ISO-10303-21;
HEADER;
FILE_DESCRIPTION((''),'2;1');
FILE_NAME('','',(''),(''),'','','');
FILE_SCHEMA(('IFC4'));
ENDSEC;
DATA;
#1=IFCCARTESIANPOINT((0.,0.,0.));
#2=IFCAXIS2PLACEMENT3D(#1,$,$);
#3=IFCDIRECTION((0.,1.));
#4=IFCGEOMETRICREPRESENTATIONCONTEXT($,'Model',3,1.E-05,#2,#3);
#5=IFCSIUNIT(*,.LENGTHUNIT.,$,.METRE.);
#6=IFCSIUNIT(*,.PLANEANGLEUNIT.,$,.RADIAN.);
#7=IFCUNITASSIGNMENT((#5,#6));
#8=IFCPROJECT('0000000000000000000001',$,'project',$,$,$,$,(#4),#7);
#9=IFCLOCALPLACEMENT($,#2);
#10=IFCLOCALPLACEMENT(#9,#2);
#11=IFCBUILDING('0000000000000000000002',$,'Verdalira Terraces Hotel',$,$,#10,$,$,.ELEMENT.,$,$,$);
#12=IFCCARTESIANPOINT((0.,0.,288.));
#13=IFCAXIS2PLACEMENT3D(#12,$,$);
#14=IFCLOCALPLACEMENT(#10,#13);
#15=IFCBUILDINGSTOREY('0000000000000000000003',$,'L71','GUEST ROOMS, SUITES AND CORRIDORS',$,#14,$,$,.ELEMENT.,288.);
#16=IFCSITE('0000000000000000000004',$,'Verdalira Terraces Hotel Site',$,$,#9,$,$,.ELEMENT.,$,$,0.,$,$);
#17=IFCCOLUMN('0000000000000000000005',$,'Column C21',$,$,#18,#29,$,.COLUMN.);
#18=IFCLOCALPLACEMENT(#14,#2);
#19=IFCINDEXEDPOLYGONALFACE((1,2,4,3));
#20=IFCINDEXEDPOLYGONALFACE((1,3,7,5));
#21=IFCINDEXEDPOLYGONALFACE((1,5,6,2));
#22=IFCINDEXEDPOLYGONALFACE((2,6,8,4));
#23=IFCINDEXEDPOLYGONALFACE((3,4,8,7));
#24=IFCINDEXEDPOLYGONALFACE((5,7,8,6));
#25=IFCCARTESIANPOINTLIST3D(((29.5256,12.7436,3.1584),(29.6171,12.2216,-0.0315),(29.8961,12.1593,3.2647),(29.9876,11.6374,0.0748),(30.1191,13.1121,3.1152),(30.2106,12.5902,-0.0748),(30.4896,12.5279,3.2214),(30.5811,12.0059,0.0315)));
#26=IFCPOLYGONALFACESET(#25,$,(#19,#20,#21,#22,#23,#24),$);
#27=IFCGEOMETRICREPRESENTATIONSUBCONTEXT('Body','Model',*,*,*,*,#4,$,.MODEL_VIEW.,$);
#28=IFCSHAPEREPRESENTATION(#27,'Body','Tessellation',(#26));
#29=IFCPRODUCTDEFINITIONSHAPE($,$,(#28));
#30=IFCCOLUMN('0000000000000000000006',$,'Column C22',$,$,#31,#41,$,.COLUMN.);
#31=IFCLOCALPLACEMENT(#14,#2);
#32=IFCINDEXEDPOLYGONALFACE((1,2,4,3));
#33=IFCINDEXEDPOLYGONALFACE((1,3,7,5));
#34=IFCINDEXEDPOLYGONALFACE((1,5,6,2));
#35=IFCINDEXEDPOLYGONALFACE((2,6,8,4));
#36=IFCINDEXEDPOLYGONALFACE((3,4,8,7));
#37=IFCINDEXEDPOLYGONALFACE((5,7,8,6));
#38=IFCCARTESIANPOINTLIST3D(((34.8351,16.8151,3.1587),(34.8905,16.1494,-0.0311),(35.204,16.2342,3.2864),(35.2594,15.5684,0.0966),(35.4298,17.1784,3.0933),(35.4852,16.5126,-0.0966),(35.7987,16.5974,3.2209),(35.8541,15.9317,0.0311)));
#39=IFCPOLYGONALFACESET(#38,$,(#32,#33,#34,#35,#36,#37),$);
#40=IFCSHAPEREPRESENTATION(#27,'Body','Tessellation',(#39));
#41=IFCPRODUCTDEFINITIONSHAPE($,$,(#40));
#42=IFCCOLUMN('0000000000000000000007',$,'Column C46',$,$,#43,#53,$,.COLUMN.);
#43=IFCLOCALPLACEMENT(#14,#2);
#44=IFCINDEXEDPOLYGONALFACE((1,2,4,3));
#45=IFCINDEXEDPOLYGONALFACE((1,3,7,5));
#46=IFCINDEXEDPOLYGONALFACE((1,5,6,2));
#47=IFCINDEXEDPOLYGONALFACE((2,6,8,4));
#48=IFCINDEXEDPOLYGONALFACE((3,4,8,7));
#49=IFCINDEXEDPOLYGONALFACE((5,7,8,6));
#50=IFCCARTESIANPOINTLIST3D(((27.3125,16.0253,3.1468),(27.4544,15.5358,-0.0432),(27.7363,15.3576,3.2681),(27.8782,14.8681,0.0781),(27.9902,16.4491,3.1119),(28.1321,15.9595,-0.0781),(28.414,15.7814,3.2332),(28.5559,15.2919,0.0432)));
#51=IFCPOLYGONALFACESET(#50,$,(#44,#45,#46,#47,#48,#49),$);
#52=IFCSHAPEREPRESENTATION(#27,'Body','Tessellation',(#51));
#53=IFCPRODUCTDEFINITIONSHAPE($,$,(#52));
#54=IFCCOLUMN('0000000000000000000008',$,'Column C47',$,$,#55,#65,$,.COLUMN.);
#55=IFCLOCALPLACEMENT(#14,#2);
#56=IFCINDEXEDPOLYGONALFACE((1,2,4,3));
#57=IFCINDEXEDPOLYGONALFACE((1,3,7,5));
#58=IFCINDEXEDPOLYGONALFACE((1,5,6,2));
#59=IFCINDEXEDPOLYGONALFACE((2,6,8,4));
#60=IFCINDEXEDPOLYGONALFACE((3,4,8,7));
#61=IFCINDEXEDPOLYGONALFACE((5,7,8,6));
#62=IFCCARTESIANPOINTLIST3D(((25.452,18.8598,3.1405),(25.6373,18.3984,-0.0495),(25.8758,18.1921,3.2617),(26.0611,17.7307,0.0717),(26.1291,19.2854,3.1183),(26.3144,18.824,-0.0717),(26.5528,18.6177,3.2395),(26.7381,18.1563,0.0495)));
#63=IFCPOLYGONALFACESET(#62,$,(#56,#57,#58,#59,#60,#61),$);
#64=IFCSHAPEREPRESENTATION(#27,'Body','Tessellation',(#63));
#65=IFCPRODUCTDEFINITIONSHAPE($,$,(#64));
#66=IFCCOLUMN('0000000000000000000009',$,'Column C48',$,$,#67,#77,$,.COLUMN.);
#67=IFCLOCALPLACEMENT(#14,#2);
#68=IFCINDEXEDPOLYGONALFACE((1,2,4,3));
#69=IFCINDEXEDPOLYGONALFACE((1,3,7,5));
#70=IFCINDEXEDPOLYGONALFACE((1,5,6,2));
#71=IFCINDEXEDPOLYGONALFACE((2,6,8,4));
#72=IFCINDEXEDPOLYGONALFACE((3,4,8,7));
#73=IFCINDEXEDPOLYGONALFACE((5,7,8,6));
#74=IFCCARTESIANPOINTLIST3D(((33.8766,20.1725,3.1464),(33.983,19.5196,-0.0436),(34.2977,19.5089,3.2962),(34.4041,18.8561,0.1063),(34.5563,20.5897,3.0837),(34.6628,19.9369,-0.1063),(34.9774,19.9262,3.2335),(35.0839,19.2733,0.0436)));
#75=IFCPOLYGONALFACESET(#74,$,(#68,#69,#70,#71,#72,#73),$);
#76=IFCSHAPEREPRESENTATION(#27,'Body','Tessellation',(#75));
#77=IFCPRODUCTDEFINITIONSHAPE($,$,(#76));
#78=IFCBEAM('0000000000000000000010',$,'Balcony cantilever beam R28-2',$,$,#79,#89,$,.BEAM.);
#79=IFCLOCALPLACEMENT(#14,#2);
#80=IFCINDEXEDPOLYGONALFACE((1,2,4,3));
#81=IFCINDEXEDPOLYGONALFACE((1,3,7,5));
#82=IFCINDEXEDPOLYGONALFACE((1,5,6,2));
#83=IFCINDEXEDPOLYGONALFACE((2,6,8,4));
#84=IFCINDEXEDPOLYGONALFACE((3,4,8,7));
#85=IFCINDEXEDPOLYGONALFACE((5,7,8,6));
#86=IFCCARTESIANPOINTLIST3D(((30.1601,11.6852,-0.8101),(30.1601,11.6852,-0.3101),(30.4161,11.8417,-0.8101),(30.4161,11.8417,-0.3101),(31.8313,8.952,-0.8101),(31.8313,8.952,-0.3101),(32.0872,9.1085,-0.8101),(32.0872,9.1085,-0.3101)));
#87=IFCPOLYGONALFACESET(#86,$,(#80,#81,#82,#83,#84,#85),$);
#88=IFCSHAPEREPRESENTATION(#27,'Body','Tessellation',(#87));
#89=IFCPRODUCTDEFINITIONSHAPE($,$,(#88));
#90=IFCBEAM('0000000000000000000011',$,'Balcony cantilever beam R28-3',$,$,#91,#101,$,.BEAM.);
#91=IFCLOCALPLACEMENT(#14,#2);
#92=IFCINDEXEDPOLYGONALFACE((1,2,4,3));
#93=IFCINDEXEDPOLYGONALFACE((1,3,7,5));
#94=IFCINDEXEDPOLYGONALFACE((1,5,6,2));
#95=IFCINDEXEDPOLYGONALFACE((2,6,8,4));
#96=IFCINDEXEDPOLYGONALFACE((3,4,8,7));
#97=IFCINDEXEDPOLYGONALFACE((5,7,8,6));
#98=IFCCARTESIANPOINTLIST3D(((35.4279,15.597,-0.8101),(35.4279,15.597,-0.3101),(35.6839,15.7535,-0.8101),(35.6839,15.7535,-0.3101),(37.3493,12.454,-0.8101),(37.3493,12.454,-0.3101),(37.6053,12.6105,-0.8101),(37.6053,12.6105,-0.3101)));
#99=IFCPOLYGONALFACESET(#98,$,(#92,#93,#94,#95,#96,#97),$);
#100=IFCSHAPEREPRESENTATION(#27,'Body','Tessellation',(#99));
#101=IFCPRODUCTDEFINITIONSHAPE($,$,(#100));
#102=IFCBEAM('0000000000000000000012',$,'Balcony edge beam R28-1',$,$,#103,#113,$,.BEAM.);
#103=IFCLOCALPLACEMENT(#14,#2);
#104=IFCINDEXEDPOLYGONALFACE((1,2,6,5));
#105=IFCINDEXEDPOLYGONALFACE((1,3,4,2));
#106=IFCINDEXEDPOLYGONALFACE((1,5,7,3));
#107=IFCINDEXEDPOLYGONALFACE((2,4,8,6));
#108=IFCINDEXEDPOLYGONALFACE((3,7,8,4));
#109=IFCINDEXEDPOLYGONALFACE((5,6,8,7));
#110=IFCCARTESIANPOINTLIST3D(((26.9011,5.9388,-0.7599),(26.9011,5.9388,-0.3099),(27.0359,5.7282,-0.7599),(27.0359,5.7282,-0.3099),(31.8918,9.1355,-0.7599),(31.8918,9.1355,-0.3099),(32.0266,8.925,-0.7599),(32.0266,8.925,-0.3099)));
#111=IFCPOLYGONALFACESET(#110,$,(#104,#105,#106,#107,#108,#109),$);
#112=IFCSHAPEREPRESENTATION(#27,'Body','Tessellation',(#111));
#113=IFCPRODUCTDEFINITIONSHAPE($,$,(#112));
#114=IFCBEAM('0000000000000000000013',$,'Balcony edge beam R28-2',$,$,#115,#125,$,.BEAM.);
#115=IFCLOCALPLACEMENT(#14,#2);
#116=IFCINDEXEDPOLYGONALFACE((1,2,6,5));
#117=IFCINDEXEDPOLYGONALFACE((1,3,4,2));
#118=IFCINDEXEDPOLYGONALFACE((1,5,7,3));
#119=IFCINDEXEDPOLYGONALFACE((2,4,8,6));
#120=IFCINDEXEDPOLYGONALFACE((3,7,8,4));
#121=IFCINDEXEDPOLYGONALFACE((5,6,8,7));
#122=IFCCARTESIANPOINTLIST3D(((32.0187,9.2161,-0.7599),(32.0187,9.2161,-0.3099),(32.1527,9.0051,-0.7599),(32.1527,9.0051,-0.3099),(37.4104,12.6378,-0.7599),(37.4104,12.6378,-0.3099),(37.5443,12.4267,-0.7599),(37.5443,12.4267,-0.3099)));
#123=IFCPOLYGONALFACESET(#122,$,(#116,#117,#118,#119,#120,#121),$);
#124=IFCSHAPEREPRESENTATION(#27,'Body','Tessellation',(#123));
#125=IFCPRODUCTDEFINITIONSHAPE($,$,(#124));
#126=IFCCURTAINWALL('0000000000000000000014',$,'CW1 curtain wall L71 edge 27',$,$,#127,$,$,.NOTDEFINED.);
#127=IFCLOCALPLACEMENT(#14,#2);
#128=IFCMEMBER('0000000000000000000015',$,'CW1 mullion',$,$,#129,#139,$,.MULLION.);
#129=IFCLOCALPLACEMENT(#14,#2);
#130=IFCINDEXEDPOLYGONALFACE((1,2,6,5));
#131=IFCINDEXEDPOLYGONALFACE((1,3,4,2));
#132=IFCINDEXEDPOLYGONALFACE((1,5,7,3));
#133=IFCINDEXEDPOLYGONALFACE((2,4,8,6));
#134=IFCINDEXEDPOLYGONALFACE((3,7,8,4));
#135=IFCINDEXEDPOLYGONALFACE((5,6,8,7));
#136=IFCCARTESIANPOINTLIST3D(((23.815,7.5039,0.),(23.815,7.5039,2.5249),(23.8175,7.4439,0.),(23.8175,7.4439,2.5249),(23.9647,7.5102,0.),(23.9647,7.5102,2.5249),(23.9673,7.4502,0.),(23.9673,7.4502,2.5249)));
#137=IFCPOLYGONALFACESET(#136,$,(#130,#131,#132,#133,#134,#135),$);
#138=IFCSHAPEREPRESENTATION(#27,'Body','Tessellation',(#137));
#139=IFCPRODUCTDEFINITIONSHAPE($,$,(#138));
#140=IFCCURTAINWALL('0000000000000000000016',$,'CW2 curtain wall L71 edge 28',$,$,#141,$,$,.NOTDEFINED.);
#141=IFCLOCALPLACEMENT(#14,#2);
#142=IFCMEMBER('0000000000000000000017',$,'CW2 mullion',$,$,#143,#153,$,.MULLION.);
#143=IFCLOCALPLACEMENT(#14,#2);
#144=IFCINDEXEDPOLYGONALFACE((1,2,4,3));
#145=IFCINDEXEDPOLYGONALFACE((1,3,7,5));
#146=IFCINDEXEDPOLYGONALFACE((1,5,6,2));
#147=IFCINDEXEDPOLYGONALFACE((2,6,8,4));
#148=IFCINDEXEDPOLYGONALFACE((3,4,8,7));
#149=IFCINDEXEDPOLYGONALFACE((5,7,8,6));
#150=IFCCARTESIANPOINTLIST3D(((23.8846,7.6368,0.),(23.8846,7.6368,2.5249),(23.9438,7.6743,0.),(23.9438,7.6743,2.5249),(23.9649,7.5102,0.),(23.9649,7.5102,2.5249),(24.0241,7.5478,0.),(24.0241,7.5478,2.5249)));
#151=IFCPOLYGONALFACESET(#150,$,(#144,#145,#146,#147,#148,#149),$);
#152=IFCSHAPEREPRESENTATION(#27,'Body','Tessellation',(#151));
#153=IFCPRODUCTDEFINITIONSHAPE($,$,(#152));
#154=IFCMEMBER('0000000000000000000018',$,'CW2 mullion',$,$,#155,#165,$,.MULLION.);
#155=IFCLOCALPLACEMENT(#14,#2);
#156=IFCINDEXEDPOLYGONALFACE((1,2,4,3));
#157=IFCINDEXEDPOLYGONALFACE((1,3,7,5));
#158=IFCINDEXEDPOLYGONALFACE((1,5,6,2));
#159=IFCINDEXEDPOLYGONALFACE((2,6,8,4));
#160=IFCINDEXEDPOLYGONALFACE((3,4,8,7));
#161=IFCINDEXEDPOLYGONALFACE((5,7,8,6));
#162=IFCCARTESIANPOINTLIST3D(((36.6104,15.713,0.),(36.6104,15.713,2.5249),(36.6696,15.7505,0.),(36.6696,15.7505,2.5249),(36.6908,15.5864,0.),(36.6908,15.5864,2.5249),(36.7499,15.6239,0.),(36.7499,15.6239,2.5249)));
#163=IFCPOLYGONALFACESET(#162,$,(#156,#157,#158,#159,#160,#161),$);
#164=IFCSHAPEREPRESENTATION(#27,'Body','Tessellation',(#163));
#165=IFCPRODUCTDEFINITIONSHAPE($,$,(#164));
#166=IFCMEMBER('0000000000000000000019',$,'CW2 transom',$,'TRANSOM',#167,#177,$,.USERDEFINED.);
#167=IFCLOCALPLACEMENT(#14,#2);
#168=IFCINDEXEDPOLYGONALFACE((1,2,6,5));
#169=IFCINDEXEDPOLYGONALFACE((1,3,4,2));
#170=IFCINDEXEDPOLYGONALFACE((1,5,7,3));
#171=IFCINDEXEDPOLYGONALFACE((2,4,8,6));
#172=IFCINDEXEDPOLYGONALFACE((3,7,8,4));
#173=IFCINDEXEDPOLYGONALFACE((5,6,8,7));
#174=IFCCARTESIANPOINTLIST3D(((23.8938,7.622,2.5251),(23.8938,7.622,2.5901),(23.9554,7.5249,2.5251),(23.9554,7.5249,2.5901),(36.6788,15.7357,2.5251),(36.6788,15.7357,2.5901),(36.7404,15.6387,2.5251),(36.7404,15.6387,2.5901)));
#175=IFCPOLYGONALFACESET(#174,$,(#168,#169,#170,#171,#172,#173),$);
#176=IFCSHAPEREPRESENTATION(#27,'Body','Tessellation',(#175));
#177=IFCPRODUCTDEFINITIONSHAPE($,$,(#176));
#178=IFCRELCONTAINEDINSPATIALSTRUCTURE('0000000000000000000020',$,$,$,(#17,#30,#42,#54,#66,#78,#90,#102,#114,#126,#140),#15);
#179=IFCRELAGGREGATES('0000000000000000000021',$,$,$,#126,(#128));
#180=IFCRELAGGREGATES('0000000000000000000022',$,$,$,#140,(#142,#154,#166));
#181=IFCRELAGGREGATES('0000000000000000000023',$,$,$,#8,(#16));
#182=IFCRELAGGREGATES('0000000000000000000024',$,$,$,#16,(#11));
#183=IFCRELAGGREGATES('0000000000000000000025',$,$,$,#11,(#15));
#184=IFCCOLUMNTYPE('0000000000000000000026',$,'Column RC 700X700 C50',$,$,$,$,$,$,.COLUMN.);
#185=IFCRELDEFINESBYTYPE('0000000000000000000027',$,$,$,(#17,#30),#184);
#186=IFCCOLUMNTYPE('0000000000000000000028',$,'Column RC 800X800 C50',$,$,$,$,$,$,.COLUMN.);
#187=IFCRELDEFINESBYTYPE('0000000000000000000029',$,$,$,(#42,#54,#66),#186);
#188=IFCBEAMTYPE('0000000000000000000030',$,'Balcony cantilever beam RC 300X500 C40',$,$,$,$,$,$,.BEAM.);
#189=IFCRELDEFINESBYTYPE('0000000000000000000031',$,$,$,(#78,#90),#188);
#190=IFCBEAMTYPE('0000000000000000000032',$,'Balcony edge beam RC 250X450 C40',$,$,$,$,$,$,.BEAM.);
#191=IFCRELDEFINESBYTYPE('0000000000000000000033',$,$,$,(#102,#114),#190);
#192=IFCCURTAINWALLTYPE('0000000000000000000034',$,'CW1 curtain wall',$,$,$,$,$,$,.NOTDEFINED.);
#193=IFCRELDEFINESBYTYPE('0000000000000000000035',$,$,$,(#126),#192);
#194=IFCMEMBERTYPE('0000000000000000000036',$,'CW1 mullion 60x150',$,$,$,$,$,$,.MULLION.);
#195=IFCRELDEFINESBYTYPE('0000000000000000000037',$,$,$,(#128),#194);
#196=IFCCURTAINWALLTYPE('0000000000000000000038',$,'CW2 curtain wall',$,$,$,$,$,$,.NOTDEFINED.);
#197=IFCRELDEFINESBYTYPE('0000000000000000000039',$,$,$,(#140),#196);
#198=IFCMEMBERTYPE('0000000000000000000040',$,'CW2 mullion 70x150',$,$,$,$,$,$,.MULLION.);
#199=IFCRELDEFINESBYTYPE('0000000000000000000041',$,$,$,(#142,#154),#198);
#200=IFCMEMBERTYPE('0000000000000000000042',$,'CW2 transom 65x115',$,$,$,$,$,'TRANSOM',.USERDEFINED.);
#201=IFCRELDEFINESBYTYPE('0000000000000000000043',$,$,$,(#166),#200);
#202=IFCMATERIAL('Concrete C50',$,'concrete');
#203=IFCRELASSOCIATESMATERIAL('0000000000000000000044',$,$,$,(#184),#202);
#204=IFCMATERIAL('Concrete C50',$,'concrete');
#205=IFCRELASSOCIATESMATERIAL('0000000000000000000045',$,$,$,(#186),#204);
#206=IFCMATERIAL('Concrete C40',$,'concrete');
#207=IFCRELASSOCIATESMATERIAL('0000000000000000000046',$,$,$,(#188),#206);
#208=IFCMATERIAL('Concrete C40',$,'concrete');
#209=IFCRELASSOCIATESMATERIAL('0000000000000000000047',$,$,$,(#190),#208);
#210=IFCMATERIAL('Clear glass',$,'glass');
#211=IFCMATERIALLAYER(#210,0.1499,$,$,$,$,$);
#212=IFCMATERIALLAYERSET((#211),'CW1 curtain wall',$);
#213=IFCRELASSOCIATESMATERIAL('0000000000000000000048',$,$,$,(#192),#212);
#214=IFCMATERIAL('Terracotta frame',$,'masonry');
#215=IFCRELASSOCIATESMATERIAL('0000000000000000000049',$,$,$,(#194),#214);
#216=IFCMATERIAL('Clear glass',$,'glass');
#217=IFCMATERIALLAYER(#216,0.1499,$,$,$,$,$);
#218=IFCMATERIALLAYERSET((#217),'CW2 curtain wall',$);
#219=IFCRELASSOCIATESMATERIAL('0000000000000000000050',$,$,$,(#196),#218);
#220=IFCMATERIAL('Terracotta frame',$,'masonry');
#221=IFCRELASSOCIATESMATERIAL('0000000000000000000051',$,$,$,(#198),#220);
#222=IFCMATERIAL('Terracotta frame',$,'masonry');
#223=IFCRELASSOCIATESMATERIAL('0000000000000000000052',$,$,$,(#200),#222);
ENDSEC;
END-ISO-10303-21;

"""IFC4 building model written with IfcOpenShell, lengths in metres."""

from ifc_helpers import new_model, si_unit, direction, frame, origin, origin_2d, place, context, subcontext, project, spatial, rectangle, extrude, material, layer, layer_set, material_profile, profile_set, type_object, element, aggregate, save


model = new_model("IFC4")

# Units and contexts
model_context = context("Model", 3, precision=1e-05, world=origin(), true_north=direction((0.0, 1.0)))
body_context = subcontext(model_context, "Body", "Model", "MODEL_VIEW")
ifc_project = project(units=[si_unit("LENGTHUNIT", "METRE"), si_unit("PLANEANGLEUNIT", "RADIAN")], contexts=[model_context])

# Site, building, storey
site_placement = place(None, origin())
site = spatial("IfcSite", under=ifc_project, at=site_placement, Name="Verdalira Terraces Hotel Site", CompositionType="ELEMENT", RefElevation=0.0)
building_placement = place(site_placement, origin())
building = spatial("IfcBuilding", under=site, at=building_placement, Name="Verdalira Terraces Hotel", CompositionType="ELEMENT")
storey_placement = place(building_placement, frame((0.0, 0.0, 288.0)))
storey = spatial("IfcBuildingStorey", under=building, at=storey_placement, Name="L71", Description="GUEST ROOMS, SUITES AND CORRIDORS", CompositionType="ELEMENT", Elevation=288.0)

# Columns
ifc_material_1 = material(Name="Concrete C50", Category="concrete")
ifc_material_profile_1 = material_profile(ifc_material_1, rectangle(XDim=0.7, YDim=0.7, at=origin_2d()), Name="RC 700X700")
ifc_profile_set_1 = profile_set([ifc_material_profile_1], Name="Concrete C50")
column_type_1 = type_object("IfcColumnType", Name="Column RC 700X700 C50", PredefinedType="COLUMN", material=ifc_profile_set_1)
column_1_placement = place(storey_placement, frame((30.0991, 12.1138, 0.0), z_axis=(-0.028312, 0.161418, 0.98648), x_axis=(0.847926, 0.526499, -0.061816)))
element("IfcColumn", 1, at=column_1_placement, inside=storey, type_object=column_type_1, Name="Column C21", PredefinedType="COLUMN", context=body_context, shape_type="SweptSolid", body=[
    extrude(rectangle(XDim=0.7, YDim=0.7, at=origin_2d()), origin(), (0.0, 0.0, 1.0), 3.2336),
])
column_2_placement = place(storey_placement, frame((35.3723, 16.0405, 0.0), z_axis=(-0.017004, 0.204278, 0.978765), x_axis=(0.849661, 0.518965, -0.093551)))
element("IfcColumn", 2, at=column_2_placement, inside=storey, type_object=column_type_1, Name="Column C22", PredefinedType="COLUMN", context=body_context, shape_type="SweptSolid", body=[
    extrude(rectangle(XDim=0.7, YDim=0.7, at=origin_2d()), origin(), (0.0, 0.0, 1.0), 3.259),
])
ifc_material_2 = material(Name="Concrete C50", Category="concrete")
ifc_material_profile_2 = material_profile(ifc_material_2, rectangle(XDim=0.8, YDim=0.8, at=origin_2d()), Name="RC 800X800")
ifc_profile_set_2 = profile_set([ifc_material_profile_2], Name="Concrete C50")
column_type_2 = type_object("IfcColumnType", Name="Column RC 800X800 C50", PredefinedType="COLUMN", material=ifc_profile_set_2)
column_3_placement = place(storey_placement, frame((28.0051, 15.4138, 0.0), z_axis=(-0.04391, 0.15153, 0.987477), x_axis=(0.847065, 0.529697, -0.043617)))
element("IfcColumn", 3, at=column_3_placement, inside=storey, type_object=column_type_2, Name="Column C46", PredefinedType="COLUMN", context=body_context, shape_type="SweptSolid", body=[
    extrude(rectangle(XDim=0.8, YDim=0.8, at=origin_2d()), origin(), (0.0, 0.0, 1.0), 3.2305),
])
column_4_placement = place(storey_placement, frame((26.1877, 18.2773, 0.0), z_axis=(-0.057397, 0.142924, 0.988068), x_axis=(0.846295, 0.531989, -0.027791)))
element("IfcColumn", 4, at=column_4_placement, inside=storey, type_object=column_type_2, Name="Column C47", PredefinedType="COLUMN", context=body_context, shape_type="SweptSolid", body=[
    extrude(rectangle(XDim=0.8, YDim=0.8, at=origin_2d()), origin(), (0.0, 0.0, 1.0), 3.2285),
])
column_5_placement = place(storey_placement, frame((34.5334, 19.3965, 0.0), z_axis=(-0.032674, 0.200391, 0.979171), x_axis=(0.849621, 0.521537, -0.078383)))
element("IfcColumn", 5, at=column_5_placement, inside=storey, type_object=column_type_2, Name="Column C48", PredefinedType="COLUMN", context=body_context, shape_type="SweptSolid", body=[
    extrude(rectangle(XDim=0.8, YDim=0.8, at=origin_2d()), origin(), (0.0, 0.0, 1.0), 3.2578),
])

# Beams
ifc_material_3 = material(Name="Concrete C40", Category="concrete")
ifc_material_profile_3 = material_profile(ifc_material_3, rectangle(XDim=0.3, YDim=0.5, at=origin_2d()), Name="RC 300X500")
ifc_profile_set_3 = profile_set([ifc_material_profile_3], Name="Concrete C40")
beam_type_1 = type_object("IfcBeamType", Name="Balcony cantilever beam RC 300X500 C40", PredefinedType="BEAM", material=ifc_profile_set_3)
beam_1_placement = place(storey_placement, frame((30.2881, 11.7634, -0.5601), z_axis=(0.52165, -0.853159, 0.0), x_axis=(0.853159, 0.52165, 0.0)))
element("IfcBeam", 6, at=beam_1_placement, inside=storey, type_object=beam_type_1, Name="Balcony cantilever beam R28-2", PredefinedType="BEAM", context=body_context, shape_type="SweptSolid", body=[
    extrude(rectangle(XDim=0.3, YDim=0.5, at=origin_2d()), origin(), (0.0, 0.0, 1.0), 3.2036),
])
beam_2_placement = place(storey_placement, frame((35.5559, 15.6753, -0.5601), z_axis=(0.521573, -0.853206, 0.0), x_axis=(0.853206, 0.521573, 0.0)))
element("IfcBeam", 7, at=beam_2_placement, inside=storey, type_object=beam_type_1, Name="Balcony cantilever beam R28-3", PredefinedType="BEAM", context=body_context, shape_type="SweptSolid", body=[
    extrude(rectangle(XDim=0.3, YDim=0.5, at=origin_2d()), origin(), (0.0, 0.0, 1.0), 3.6838),
])
ifc_material_4 = material(Name="Concrete C40", Category="concrete")
ifc_material_profile_4 = material_profile(ifc_material_4, rectangle(XDim=0.25, YDim=0.45, at=origin_2d()), Name="RC 250X450")
ifc_profile_set_4 = profile_set([ifc_material_profile_4], Name="Concrete C40")
beam_type_2 = type_object("IfcBeamType", Name="Balcony edge beam RC 250X450 C40", PredefinedType="BEAM", material=ifc_profile_set_4)
beam_3_placement = place(storey_placement, frame((26.9685, 5.8335, -0.5349), z_axis=(0.842063, 0.539379, 0.0), x_axis=(-0.539379, 0.842063, 0.0)))
element("IfcBeam", 8, at=beam_3_placement, inside=storey, type_object=beam_type_2, Name="Balcony edge beam R28-1", PredefinedType="BEAM", context=body_context, shape_type="SweptSolid", body=[
    extrude(rectangle(XDim=0.25, YDim=0.45, at=origin_2d()), origin(), (0.0, 0.0, 1.0), 5.9268),
])
beam_4_placement = place(storey_placement, frame((32.0857, 9.1106, -0.5349), z_axis=(0.844327, 0.535829, 0.0), x_axis=(-0.535829, 0.844327, 0.0)))
element("IfcBeam", 9, at=beam_4_placement, inside=storey, type_object=beam_type_2, Name="Balcony edge beam R28-2", PredefinedType="BEAM", context=body_context, shape_type="SweptSolid", body=[
    extrude(rectangle(XDim=0.25, YDim=0.45, at=origin_2d()), origin(), (0.0, 0.0, 1.0), 6.3857),
])

# Curtain wall, member
ifc_material_5 = material(Name="Clear glass", Category="glass")
ifc_layer_1 = layer(ifc_material_5, 0.1499)
ifc_layer_set_1 = layer_set([ifc_layer_1], Name="CW1 curtain wall")
curtain_wall_type_1 = type_object("IfcCurtainWallType", Name="CW1 curtain wall", PredefinedType="NOTDEFINED", material=ifc_layer_set_1)
curtain_wall_1_placement = place(storey_placement, origin())
curtain_wall_1 = element("IfcCurtainWall", 10, at=curtain_wall_1_placement, inside=storey, type_object=curtain_wall_type_1, Name="CW1 curtain wall L71 edge 27", PredefinedType="NOTDEFINED")
ifc_material_6 = material(Name="Terracotta frame", Category="masonry")
ifc_material_profile_5 = material_profile(ifc_material_6, rectangle(XDim=0.0601, YDim=0.1499, at=origin_2d()), Name="MU 60x150")
ifc_profile_set_5 = profile_set([ifc_material_profile_5], Name="Terracotta frame")
member_type_1 = type_object("IfcMemberType", Name="CW1 mullion 60x150", PredefinedType="MULLION", material=ifc_profile_set_5)
member_1_placement = place(storey_placement, frame((23.8911, 7.4771, 0.0), z_axis=(0.0, 0.0, 1.0), x_axis=(-0.041876, 0.999123, 0.0)))
member_1 = element("IfcMember", 11, at=member_1_placement, type_object=member_type_1, Name="CW1 mullion", PredefinedType="MULLION", context=body_context, shape_type="SweptSolid", body=[
    extrude(rectangle(XDim=0.0601, YDim=0.1499, at=origin_2d()), origin(), (0.0, 0.0, 1.0), 2.5249),
])
aggregate(curtain_wall_1, [member_1])

# Curtain wall, members
ifc_material_7 = material(Name="Clear glass", Category="glass")
ifc_layer_2 = layer(ifc_material_7, 0.1499)
ifc_layer_set_2 = layer_set([ifc_layer_2], Name="CW2 curtain wall")
curtain_wall_type_2 = type_object("IfcCurtainWallType", Name="CW2 curtain wall", PredefinedType="NOTDEFINED", material=ifc_layer_set_2)
curtain_wall_2_placement = place(storey_placement, origin())
curtain_wall_2 = element("IfcCurtainWall", 12, at=curtain_wall_2_placement, inside=storey, type_object=curtain_wall_type_2, Name="CW2 curtain wall L71 edge 28", PredefinedType="NOTDEFINED")
ifc_material_8 = material(Name="Terracotta frame", Category="masonry")
ifc_material_profile_6 = material_profile(ifc_material_8, rectangle(XDim=0.0701, YDim=0.1499, at=origin_2d()), Name="MU 70x150")
ifc_profile_set_6 = profile_set([ifc_material_profile_6], Name="Terracotta frame")
member_type_2 = type_object("IfcMemberType", Name="CW2 mullion 70x150", PredefinedType="MULLION", material=ifc_profile_set_6)
member_2_placement = place(storey_placement, frame((23.9543, 7.5923, 0.0), z_axis=(0.0, 0.0, 1.0), x_axis=(0.844328, 0.535827, 0.0)))
member_2 = element("IfcMember", 13, at=member_2_placement, type_object=member_type_2, Name="CW2 mullion", PredefinedType="MULLION", context=body_context, shape_type="SweptSolid", body=[
    extrude(rectangle(XDim=0.0701, YDim=0.1499, at=origin_2d()), origin(), (0.0, 0.0, 1.0), 2.5249),
])
member_3_placement = place(storey_placement, frame((36.6802, 15.6685, 0.0), z_axis=(0.0, 0.0, 1.0), x_axis=(0.844328, 0.535827, 0.0)))
member_3 = element("IfcMember", 14, at=member_3_placement, type_object=member_type_2, Name="CW2 mullion", PredefinedType="MULLION", context=body_context, shape_type="SweptSolid", body=[
    extrude(rectangle(XDim=0.0701, YDim=0.1499, at=origin_2d()), origin(), (0.0, 0.0, 1.0), 2.5249),
])
ifc_material_9 = material(Name="Terracotta frame", Category="masonry")
ifc_material_profile_7 = material_profile(ifc_material_9, rectangle(XDim=0.115, YDim=0.0649, at=origin_2d()), Name="TR 65x115")
ifc_profile_set_7 = profile_set([ifc_material_profile_7], Name="Terracotta frame")
member_type_3 = type_object("IfcMemberType", Name="CW2 transom 65x115", ElementType="TRANSOM", PredefinedType="USERDEFINED", material=ifc_profile_set_7)
member_4_placement = place(storey_placement, frame((23.9246, 7.5735, 2.5576), z_axis=(0.844326, 0.53583, 0.0), x_axis=(-0.53583, 0.844326, 0.0)))
member_4 = element("IfcMember", 15, at=member_4_placement, type_object=member_type_3, Name="CW2 transom", ObjectType="TRANSOM", PredefinedType="USERDEFINED", context=body_context, shape_type="SweptSolid", body=[
    extrude(rectangle(XDim=0.115, YDim=0.0649, at=origin_2d()), origin(), (0.0, 0.0, 1.0), 15.1423),
])

aggregate(curtain_wall_2, [member_2, member_3, member_4])

save(model, "model.ifc")
